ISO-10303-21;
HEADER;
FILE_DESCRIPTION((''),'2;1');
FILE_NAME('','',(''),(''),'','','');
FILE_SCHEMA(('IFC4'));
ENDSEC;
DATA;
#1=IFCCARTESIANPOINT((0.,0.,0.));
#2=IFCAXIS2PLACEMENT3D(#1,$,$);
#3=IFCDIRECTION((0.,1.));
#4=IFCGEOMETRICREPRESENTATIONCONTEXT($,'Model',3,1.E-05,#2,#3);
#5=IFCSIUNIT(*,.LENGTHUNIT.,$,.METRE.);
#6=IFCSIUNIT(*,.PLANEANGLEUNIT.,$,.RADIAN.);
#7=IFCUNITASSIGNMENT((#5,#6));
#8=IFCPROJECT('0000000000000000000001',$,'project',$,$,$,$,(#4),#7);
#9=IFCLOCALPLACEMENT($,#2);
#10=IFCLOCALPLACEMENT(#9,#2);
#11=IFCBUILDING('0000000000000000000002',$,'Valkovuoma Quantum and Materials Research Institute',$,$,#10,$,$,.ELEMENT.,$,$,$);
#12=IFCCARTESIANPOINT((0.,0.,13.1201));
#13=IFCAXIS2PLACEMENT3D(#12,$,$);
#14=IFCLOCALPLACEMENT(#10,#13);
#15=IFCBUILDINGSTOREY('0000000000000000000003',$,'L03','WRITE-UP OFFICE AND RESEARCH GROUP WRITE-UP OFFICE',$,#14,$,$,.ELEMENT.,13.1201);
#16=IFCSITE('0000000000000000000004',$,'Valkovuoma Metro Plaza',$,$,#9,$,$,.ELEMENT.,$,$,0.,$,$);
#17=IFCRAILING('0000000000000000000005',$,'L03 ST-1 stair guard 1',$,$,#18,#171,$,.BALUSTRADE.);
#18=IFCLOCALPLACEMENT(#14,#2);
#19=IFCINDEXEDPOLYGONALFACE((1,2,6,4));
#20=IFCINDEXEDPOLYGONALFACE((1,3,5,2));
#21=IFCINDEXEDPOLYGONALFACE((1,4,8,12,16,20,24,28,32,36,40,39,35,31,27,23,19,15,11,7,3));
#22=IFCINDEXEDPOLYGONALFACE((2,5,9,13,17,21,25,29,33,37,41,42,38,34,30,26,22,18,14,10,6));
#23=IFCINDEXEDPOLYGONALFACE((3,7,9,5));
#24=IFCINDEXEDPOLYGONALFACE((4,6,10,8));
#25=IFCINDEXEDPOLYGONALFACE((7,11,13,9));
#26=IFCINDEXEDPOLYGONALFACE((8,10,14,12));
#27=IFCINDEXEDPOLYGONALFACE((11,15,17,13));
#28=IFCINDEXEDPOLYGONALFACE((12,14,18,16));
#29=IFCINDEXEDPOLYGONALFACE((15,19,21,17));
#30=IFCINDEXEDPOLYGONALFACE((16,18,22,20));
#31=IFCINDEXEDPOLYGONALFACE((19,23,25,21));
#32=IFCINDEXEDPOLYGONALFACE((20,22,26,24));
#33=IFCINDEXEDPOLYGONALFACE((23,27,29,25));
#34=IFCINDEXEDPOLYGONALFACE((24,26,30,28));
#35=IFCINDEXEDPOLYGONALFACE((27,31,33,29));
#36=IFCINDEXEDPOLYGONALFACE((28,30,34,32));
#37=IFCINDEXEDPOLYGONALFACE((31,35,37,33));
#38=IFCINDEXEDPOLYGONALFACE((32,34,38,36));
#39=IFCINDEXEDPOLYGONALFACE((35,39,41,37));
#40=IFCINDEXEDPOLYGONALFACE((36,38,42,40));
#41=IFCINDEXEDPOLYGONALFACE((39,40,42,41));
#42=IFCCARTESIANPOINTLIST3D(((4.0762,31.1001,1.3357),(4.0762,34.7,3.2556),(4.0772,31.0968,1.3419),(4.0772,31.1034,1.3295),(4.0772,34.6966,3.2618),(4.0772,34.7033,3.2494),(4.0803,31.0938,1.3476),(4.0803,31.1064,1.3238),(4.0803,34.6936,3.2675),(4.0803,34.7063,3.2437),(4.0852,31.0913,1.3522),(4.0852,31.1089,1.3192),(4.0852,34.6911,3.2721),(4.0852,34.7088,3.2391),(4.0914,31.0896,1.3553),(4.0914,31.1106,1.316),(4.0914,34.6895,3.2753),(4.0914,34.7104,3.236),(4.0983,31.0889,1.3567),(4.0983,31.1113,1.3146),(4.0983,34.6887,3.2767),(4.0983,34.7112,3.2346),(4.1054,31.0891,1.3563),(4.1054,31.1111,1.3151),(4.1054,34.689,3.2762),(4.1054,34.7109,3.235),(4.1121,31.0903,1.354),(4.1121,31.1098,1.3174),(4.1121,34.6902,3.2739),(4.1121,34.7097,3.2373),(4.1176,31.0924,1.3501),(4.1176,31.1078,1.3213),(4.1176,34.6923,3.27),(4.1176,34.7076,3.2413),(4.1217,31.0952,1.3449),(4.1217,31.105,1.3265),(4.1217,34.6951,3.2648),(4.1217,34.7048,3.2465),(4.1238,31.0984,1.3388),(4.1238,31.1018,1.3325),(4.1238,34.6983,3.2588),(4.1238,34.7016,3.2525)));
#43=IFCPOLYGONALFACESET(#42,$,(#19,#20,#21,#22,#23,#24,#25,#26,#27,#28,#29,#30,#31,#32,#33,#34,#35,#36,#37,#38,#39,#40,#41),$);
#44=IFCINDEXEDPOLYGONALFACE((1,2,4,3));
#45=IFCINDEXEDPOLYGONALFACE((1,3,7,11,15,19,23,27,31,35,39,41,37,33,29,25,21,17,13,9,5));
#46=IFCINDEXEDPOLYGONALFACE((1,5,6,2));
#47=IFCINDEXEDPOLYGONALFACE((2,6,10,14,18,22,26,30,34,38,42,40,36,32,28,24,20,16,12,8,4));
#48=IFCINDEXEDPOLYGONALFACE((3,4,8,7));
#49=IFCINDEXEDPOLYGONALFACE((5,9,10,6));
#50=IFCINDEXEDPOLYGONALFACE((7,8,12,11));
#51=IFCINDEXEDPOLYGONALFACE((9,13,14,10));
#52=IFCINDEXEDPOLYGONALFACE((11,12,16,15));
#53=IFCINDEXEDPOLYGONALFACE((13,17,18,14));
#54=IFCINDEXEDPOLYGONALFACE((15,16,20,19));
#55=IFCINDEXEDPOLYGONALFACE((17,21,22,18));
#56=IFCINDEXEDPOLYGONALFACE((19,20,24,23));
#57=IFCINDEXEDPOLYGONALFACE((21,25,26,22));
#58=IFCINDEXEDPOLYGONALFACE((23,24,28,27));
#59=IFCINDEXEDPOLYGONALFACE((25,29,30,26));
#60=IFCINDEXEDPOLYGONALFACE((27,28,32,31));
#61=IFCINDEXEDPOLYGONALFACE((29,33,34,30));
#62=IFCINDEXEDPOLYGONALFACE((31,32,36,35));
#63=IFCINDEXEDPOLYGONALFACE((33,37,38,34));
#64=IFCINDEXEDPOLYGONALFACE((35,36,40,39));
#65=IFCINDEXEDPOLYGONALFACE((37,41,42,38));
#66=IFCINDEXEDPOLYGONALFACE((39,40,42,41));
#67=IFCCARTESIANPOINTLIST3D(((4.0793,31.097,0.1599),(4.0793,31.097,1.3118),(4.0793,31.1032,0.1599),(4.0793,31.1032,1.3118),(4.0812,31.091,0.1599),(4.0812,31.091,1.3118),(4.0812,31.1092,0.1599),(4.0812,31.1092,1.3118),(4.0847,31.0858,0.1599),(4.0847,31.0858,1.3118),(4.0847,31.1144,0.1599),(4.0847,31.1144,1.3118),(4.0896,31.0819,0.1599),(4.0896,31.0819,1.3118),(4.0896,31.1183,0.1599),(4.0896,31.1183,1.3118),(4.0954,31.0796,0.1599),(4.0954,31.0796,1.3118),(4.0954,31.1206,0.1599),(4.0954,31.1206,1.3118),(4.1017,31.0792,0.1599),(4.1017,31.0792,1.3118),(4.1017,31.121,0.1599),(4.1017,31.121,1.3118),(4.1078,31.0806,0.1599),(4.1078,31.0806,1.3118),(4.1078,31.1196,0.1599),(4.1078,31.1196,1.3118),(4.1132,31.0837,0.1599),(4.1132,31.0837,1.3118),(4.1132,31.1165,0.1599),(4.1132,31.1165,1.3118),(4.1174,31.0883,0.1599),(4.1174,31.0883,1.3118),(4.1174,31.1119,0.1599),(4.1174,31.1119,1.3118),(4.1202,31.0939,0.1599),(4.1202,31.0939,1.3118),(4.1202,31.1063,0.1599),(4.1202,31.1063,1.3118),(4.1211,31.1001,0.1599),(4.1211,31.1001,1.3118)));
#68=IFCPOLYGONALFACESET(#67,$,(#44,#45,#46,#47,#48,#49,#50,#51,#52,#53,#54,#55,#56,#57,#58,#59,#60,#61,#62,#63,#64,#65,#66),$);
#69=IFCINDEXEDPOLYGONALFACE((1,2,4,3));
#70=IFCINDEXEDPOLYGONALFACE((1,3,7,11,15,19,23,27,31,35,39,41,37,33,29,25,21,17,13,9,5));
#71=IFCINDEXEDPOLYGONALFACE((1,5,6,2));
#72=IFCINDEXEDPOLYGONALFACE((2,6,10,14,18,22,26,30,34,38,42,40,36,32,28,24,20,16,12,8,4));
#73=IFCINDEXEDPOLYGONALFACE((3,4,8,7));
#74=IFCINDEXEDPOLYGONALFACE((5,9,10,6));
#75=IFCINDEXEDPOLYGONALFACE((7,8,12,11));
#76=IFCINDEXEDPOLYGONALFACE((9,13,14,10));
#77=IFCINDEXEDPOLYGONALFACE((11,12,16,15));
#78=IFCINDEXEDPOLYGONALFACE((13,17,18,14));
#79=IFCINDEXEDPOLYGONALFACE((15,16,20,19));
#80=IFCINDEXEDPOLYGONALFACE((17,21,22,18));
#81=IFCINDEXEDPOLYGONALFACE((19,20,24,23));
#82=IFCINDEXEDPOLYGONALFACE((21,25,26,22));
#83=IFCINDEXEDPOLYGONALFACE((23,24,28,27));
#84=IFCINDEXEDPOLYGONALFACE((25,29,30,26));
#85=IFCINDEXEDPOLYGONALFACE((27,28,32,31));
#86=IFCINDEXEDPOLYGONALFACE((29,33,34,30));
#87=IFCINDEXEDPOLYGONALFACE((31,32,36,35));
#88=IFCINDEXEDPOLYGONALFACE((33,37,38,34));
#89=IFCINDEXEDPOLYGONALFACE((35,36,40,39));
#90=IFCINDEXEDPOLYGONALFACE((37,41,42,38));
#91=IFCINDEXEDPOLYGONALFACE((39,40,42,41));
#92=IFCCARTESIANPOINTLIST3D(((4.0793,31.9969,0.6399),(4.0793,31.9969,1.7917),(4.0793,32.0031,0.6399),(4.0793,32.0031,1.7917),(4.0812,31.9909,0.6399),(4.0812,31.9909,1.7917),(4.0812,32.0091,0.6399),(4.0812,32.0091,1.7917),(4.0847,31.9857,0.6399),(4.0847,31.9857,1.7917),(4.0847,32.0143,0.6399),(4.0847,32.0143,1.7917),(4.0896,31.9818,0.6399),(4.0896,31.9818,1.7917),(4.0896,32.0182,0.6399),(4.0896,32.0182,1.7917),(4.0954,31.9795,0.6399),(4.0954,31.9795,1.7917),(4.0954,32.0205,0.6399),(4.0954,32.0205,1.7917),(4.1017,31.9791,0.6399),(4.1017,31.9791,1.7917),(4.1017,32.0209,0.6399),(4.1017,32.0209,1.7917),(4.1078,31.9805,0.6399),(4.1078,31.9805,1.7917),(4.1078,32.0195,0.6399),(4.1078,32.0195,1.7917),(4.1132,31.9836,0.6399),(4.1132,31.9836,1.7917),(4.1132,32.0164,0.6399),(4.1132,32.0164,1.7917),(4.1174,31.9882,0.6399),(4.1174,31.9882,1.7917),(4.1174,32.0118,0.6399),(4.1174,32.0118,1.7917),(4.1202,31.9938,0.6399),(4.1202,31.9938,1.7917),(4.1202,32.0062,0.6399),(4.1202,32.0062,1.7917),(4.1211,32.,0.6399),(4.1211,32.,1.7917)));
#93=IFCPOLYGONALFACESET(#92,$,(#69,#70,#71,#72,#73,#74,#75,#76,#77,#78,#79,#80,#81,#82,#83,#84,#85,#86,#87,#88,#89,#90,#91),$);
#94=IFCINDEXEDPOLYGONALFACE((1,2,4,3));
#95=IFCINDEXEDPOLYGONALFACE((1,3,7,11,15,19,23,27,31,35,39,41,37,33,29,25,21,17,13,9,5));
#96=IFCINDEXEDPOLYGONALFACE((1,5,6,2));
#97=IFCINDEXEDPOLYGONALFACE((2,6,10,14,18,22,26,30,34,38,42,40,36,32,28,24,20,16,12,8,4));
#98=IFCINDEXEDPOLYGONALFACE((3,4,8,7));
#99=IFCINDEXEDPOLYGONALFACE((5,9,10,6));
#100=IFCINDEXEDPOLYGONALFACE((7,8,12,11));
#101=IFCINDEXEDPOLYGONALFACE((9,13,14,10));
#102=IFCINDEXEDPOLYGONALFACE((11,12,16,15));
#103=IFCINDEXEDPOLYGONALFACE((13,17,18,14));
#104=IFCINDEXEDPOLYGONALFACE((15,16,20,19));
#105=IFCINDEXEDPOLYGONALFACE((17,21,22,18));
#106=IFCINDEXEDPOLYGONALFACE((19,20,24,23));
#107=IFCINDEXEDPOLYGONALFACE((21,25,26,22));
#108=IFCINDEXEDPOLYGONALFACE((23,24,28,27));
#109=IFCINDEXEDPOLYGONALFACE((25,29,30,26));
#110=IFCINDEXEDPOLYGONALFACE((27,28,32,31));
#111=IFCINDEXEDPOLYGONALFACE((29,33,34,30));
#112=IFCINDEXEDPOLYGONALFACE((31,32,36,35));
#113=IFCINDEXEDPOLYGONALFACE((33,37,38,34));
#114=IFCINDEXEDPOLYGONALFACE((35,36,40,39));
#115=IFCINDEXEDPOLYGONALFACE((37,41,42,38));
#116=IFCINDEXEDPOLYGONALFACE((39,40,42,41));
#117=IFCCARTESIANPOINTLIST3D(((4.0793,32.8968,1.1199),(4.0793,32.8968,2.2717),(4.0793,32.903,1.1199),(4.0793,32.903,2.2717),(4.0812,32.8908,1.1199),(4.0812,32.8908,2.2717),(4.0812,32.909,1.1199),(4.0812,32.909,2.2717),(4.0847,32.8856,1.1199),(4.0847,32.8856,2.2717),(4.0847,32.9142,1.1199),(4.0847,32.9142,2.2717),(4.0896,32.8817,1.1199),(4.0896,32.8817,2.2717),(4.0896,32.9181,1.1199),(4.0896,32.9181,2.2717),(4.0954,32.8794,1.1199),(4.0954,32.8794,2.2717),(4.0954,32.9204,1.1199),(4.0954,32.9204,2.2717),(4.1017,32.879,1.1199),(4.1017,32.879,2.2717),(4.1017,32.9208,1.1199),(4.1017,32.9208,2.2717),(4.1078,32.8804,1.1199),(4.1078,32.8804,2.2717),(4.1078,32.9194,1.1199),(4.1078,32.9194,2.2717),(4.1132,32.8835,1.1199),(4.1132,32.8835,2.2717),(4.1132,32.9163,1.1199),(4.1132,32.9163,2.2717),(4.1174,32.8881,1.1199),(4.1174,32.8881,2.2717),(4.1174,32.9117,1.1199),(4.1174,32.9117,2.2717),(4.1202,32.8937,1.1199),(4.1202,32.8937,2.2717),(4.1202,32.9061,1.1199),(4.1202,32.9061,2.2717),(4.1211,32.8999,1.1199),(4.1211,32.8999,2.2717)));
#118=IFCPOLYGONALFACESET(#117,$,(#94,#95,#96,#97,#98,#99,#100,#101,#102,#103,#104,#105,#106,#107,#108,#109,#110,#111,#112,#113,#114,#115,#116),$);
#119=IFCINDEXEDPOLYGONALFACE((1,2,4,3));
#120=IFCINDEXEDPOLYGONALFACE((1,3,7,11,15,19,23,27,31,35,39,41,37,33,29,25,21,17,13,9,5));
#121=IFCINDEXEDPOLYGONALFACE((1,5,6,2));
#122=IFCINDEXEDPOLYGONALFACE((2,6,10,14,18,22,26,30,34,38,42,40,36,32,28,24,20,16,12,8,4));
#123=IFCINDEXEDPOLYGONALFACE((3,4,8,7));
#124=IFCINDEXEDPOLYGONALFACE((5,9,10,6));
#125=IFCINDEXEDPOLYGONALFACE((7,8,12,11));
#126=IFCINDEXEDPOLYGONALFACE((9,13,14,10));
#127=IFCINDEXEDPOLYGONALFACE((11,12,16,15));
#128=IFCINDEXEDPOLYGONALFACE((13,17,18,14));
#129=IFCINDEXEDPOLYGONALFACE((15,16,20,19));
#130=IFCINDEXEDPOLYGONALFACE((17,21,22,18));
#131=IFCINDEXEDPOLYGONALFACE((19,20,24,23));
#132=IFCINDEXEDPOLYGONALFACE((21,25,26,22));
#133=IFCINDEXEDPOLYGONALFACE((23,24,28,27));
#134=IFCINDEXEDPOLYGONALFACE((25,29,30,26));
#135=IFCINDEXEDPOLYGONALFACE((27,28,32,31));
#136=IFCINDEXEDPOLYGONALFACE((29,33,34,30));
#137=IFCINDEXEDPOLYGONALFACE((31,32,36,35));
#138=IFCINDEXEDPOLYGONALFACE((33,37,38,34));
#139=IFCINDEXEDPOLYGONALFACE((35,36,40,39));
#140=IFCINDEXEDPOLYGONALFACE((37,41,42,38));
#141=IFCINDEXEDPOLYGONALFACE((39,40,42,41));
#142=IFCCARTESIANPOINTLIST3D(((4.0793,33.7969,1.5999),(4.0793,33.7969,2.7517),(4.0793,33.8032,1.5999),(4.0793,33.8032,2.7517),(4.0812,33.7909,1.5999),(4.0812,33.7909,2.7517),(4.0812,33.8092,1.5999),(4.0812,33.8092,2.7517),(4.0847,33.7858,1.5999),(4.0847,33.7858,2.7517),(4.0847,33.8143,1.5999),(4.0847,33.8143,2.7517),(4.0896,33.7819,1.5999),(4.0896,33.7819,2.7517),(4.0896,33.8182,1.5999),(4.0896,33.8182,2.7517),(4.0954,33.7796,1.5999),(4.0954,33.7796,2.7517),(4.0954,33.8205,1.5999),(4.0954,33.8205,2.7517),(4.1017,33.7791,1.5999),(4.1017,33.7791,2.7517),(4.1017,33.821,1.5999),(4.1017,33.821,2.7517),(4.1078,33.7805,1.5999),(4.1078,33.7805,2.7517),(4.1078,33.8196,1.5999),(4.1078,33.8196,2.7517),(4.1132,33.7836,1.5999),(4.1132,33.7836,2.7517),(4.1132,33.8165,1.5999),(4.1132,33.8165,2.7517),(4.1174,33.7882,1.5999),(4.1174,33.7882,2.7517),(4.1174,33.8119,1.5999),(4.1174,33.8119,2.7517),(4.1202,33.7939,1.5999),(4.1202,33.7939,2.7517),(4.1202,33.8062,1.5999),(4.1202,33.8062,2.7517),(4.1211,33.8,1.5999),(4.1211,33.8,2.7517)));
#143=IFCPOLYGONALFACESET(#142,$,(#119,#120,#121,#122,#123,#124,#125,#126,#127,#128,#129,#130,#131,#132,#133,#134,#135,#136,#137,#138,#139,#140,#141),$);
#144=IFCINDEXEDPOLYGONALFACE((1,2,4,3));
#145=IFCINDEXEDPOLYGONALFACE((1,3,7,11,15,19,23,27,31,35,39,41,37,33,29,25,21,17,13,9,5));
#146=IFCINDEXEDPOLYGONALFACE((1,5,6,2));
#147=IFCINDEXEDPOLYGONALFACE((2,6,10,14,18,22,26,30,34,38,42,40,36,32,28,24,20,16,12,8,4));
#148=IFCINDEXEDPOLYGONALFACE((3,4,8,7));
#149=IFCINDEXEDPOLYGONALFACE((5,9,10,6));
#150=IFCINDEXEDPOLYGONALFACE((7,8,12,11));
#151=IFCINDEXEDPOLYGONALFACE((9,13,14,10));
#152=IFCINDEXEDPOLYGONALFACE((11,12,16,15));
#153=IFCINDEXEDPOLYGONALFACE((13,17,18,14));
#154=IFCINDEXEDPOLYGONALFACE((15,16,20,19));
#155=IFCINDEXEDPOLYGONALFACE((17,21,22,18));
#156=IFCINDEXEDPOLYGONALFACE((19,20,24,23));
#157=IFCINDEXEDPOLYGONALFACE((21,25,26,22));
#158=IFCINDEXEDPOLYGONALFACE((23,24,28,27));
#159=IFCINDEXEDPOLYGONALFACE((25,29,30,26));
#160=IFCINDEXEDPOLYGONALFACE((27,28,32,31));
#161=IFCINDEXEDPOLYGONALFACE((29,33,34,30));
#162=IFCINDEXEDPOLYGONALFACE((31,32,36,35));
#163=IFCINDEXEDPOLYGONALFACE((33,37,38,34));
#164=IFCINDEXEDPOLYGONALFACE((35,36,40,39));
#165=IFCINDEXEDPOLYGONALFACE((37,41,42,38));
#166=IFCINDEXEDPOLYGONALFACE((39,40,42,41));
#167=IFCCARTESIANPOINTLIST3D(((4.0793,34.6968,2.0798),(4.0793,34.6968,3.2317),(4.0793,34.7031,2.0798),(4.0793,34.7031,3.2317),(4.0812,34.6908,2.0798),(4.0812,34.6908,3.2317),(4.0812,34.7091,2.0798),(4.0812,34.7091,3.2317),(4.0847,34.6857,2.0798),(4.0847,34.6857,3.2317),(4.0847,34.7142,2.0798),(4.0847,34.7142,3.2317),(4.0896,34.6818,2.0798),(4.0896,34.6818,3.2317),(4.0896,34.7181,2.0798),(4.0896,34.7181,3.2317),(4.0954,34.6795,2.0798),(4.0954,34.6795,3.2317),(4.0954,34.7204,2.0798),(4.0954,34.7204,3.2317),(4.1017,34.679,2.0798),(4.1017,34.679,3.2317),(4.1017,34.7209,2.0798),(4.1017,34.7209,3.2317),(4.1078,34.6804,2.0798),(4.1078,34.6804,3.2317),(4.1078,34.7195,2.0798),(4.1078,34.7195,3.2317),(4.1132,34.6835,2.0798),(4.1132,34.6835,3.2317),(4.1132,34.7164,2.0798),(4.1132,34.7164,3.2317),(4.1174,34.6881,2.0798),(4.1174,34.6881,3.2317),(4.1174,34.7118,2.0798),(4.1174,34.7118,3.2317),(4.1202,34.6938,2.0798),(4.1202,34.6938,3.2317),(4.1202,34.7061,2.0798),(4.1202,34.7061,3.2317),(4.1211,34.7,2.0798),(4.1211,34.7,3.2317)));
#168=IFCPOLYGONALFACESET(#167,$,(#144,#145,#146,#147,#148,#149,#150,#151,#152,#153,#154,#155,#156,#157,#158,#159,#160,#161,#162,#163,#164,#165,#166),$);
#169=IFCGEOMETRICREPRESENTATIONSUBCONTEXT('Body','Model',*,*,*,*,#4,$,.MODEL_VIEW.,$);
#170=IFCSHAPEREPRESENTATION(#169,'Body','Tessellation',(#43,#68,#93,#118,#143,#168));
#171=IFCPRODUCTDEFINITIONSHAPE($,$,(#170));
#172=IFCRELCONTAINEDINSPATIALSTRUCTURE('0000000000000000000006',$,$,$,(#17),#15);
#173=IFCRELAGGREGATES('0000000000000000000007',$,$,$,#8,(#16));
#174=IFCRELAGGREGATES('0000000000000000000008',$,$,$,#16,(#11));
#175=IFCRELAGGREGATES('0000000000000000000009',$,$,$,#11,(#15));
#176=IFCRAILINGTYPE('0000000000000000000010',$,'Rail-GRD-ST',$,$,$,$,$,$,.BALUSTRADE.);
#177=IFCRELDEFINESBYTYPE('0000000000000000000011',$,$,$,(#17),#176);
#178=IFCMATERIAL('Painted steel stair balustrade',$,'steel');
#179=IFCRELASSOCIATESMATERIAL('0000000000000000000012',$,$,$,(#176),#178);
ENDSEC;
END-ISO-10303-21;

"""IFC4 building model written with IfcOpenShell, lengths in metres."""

from ifc_helpers import new_model, si_unit, direction, frame, origin, origin_2d, place, context, subcontext, project, spatial, circle, extrude, material, type_object, element, save


model = new_model("IFC4")

# Units and contexts
model_context = context("Model", 3, precision=1e-05, world=origin(), true_north=direction((0.0, 1.0)))
body_context = subcontext(model_context, "Body", "Model", "MODEL_VIEW")
ifc_project = project(units=[si_unit("LENGTHUNIT", "METRE"), si_unit("PLANEANGLEUNIT", "RADIAN")], contexts=[model_context])

# Site, building, storey
site_placement = place(None, origin())
site = spatial("IfcSite", under=ifc_project, at=site_placement, Name="Valkovuoma Metro Plaza", CompositionType="ELEMENT", RefElevation=0.0)
building_placement = place(site_placement, origin())
building = spatial("IfcBuilding", under=site, at=building_placement, Name="Valkovuoma Quantum and Materials Research Institute", CompositionType="ELEMENT")
storey_placement = place(building_placement, frame((0.0, 0.0, 13.1201)))
storey = spatial("IfcBuildingStorey", under=building, at=storey_placement, Name="L03", Description="WRITE-UP OFFICE AND RESEARCH GROUP WRITE-UP OFFICE", CompositionType="ELEMENT", Elevation=13.1201)

# Railing
ifc_material_1 = material(Name="Painted steel stair balustrade", Category="steel")
railing_type_1 = type_object("IfcRailingType", Name="Rail-GRD-ST", PredefinedType="BALUSTRADE", material=ifc_material_1)
railing_1_placement = place(storey_placement, frame((4.1001, 31.1001, 0.1599)))
element("IfcRailing", 1, at=railing_1_placement, inside=storey, type_object=railing_type_1, Name="L03 ST-1 stair guard 1", PredefinedType="BALUSTRADE", context=body_context, shape_type="SweptSolid", body=[
    extrude(circle(Radius=0.0239, at=origin_2d()), frame((0.0, 0.0, 1.1758), z_axis=(0.0, 0.882353, 0.470588), x_axis=(-1.0, 0.0, 0.0)), (0.0, 0.0, 1.0), 4.0798),
    extrude(circle(Radius=0.021, at=origin_2d()), origin(), (0.0, 0.0, 1.0), 1.1519),
    extrude(circle(Radius=0.021, at=origin_2d()), frame((0.0, 0.8999, 0.48)), (0.0, 0.0, 1.0), 1.1519),
    extrude(circle(Radius=0.021, at=origin_2d()), frame((0.0, 1.7998, 0.96)), (0.0, 0.0, 1.0), 1.1519),
    extrude(circle(Radius=0.021, at=origin_2d()), frame((0.0, 2.7, 1.4399)), (0.0, 0.0, 1.0), 1.1519),
    extrude(circle(Radius=0.021, at=origin_2d()), frame((0.0, 3.5999, 1.9199)), (0.0, 0.0, 1.0), 1.1519),
])

save(model, "model.ifc")
